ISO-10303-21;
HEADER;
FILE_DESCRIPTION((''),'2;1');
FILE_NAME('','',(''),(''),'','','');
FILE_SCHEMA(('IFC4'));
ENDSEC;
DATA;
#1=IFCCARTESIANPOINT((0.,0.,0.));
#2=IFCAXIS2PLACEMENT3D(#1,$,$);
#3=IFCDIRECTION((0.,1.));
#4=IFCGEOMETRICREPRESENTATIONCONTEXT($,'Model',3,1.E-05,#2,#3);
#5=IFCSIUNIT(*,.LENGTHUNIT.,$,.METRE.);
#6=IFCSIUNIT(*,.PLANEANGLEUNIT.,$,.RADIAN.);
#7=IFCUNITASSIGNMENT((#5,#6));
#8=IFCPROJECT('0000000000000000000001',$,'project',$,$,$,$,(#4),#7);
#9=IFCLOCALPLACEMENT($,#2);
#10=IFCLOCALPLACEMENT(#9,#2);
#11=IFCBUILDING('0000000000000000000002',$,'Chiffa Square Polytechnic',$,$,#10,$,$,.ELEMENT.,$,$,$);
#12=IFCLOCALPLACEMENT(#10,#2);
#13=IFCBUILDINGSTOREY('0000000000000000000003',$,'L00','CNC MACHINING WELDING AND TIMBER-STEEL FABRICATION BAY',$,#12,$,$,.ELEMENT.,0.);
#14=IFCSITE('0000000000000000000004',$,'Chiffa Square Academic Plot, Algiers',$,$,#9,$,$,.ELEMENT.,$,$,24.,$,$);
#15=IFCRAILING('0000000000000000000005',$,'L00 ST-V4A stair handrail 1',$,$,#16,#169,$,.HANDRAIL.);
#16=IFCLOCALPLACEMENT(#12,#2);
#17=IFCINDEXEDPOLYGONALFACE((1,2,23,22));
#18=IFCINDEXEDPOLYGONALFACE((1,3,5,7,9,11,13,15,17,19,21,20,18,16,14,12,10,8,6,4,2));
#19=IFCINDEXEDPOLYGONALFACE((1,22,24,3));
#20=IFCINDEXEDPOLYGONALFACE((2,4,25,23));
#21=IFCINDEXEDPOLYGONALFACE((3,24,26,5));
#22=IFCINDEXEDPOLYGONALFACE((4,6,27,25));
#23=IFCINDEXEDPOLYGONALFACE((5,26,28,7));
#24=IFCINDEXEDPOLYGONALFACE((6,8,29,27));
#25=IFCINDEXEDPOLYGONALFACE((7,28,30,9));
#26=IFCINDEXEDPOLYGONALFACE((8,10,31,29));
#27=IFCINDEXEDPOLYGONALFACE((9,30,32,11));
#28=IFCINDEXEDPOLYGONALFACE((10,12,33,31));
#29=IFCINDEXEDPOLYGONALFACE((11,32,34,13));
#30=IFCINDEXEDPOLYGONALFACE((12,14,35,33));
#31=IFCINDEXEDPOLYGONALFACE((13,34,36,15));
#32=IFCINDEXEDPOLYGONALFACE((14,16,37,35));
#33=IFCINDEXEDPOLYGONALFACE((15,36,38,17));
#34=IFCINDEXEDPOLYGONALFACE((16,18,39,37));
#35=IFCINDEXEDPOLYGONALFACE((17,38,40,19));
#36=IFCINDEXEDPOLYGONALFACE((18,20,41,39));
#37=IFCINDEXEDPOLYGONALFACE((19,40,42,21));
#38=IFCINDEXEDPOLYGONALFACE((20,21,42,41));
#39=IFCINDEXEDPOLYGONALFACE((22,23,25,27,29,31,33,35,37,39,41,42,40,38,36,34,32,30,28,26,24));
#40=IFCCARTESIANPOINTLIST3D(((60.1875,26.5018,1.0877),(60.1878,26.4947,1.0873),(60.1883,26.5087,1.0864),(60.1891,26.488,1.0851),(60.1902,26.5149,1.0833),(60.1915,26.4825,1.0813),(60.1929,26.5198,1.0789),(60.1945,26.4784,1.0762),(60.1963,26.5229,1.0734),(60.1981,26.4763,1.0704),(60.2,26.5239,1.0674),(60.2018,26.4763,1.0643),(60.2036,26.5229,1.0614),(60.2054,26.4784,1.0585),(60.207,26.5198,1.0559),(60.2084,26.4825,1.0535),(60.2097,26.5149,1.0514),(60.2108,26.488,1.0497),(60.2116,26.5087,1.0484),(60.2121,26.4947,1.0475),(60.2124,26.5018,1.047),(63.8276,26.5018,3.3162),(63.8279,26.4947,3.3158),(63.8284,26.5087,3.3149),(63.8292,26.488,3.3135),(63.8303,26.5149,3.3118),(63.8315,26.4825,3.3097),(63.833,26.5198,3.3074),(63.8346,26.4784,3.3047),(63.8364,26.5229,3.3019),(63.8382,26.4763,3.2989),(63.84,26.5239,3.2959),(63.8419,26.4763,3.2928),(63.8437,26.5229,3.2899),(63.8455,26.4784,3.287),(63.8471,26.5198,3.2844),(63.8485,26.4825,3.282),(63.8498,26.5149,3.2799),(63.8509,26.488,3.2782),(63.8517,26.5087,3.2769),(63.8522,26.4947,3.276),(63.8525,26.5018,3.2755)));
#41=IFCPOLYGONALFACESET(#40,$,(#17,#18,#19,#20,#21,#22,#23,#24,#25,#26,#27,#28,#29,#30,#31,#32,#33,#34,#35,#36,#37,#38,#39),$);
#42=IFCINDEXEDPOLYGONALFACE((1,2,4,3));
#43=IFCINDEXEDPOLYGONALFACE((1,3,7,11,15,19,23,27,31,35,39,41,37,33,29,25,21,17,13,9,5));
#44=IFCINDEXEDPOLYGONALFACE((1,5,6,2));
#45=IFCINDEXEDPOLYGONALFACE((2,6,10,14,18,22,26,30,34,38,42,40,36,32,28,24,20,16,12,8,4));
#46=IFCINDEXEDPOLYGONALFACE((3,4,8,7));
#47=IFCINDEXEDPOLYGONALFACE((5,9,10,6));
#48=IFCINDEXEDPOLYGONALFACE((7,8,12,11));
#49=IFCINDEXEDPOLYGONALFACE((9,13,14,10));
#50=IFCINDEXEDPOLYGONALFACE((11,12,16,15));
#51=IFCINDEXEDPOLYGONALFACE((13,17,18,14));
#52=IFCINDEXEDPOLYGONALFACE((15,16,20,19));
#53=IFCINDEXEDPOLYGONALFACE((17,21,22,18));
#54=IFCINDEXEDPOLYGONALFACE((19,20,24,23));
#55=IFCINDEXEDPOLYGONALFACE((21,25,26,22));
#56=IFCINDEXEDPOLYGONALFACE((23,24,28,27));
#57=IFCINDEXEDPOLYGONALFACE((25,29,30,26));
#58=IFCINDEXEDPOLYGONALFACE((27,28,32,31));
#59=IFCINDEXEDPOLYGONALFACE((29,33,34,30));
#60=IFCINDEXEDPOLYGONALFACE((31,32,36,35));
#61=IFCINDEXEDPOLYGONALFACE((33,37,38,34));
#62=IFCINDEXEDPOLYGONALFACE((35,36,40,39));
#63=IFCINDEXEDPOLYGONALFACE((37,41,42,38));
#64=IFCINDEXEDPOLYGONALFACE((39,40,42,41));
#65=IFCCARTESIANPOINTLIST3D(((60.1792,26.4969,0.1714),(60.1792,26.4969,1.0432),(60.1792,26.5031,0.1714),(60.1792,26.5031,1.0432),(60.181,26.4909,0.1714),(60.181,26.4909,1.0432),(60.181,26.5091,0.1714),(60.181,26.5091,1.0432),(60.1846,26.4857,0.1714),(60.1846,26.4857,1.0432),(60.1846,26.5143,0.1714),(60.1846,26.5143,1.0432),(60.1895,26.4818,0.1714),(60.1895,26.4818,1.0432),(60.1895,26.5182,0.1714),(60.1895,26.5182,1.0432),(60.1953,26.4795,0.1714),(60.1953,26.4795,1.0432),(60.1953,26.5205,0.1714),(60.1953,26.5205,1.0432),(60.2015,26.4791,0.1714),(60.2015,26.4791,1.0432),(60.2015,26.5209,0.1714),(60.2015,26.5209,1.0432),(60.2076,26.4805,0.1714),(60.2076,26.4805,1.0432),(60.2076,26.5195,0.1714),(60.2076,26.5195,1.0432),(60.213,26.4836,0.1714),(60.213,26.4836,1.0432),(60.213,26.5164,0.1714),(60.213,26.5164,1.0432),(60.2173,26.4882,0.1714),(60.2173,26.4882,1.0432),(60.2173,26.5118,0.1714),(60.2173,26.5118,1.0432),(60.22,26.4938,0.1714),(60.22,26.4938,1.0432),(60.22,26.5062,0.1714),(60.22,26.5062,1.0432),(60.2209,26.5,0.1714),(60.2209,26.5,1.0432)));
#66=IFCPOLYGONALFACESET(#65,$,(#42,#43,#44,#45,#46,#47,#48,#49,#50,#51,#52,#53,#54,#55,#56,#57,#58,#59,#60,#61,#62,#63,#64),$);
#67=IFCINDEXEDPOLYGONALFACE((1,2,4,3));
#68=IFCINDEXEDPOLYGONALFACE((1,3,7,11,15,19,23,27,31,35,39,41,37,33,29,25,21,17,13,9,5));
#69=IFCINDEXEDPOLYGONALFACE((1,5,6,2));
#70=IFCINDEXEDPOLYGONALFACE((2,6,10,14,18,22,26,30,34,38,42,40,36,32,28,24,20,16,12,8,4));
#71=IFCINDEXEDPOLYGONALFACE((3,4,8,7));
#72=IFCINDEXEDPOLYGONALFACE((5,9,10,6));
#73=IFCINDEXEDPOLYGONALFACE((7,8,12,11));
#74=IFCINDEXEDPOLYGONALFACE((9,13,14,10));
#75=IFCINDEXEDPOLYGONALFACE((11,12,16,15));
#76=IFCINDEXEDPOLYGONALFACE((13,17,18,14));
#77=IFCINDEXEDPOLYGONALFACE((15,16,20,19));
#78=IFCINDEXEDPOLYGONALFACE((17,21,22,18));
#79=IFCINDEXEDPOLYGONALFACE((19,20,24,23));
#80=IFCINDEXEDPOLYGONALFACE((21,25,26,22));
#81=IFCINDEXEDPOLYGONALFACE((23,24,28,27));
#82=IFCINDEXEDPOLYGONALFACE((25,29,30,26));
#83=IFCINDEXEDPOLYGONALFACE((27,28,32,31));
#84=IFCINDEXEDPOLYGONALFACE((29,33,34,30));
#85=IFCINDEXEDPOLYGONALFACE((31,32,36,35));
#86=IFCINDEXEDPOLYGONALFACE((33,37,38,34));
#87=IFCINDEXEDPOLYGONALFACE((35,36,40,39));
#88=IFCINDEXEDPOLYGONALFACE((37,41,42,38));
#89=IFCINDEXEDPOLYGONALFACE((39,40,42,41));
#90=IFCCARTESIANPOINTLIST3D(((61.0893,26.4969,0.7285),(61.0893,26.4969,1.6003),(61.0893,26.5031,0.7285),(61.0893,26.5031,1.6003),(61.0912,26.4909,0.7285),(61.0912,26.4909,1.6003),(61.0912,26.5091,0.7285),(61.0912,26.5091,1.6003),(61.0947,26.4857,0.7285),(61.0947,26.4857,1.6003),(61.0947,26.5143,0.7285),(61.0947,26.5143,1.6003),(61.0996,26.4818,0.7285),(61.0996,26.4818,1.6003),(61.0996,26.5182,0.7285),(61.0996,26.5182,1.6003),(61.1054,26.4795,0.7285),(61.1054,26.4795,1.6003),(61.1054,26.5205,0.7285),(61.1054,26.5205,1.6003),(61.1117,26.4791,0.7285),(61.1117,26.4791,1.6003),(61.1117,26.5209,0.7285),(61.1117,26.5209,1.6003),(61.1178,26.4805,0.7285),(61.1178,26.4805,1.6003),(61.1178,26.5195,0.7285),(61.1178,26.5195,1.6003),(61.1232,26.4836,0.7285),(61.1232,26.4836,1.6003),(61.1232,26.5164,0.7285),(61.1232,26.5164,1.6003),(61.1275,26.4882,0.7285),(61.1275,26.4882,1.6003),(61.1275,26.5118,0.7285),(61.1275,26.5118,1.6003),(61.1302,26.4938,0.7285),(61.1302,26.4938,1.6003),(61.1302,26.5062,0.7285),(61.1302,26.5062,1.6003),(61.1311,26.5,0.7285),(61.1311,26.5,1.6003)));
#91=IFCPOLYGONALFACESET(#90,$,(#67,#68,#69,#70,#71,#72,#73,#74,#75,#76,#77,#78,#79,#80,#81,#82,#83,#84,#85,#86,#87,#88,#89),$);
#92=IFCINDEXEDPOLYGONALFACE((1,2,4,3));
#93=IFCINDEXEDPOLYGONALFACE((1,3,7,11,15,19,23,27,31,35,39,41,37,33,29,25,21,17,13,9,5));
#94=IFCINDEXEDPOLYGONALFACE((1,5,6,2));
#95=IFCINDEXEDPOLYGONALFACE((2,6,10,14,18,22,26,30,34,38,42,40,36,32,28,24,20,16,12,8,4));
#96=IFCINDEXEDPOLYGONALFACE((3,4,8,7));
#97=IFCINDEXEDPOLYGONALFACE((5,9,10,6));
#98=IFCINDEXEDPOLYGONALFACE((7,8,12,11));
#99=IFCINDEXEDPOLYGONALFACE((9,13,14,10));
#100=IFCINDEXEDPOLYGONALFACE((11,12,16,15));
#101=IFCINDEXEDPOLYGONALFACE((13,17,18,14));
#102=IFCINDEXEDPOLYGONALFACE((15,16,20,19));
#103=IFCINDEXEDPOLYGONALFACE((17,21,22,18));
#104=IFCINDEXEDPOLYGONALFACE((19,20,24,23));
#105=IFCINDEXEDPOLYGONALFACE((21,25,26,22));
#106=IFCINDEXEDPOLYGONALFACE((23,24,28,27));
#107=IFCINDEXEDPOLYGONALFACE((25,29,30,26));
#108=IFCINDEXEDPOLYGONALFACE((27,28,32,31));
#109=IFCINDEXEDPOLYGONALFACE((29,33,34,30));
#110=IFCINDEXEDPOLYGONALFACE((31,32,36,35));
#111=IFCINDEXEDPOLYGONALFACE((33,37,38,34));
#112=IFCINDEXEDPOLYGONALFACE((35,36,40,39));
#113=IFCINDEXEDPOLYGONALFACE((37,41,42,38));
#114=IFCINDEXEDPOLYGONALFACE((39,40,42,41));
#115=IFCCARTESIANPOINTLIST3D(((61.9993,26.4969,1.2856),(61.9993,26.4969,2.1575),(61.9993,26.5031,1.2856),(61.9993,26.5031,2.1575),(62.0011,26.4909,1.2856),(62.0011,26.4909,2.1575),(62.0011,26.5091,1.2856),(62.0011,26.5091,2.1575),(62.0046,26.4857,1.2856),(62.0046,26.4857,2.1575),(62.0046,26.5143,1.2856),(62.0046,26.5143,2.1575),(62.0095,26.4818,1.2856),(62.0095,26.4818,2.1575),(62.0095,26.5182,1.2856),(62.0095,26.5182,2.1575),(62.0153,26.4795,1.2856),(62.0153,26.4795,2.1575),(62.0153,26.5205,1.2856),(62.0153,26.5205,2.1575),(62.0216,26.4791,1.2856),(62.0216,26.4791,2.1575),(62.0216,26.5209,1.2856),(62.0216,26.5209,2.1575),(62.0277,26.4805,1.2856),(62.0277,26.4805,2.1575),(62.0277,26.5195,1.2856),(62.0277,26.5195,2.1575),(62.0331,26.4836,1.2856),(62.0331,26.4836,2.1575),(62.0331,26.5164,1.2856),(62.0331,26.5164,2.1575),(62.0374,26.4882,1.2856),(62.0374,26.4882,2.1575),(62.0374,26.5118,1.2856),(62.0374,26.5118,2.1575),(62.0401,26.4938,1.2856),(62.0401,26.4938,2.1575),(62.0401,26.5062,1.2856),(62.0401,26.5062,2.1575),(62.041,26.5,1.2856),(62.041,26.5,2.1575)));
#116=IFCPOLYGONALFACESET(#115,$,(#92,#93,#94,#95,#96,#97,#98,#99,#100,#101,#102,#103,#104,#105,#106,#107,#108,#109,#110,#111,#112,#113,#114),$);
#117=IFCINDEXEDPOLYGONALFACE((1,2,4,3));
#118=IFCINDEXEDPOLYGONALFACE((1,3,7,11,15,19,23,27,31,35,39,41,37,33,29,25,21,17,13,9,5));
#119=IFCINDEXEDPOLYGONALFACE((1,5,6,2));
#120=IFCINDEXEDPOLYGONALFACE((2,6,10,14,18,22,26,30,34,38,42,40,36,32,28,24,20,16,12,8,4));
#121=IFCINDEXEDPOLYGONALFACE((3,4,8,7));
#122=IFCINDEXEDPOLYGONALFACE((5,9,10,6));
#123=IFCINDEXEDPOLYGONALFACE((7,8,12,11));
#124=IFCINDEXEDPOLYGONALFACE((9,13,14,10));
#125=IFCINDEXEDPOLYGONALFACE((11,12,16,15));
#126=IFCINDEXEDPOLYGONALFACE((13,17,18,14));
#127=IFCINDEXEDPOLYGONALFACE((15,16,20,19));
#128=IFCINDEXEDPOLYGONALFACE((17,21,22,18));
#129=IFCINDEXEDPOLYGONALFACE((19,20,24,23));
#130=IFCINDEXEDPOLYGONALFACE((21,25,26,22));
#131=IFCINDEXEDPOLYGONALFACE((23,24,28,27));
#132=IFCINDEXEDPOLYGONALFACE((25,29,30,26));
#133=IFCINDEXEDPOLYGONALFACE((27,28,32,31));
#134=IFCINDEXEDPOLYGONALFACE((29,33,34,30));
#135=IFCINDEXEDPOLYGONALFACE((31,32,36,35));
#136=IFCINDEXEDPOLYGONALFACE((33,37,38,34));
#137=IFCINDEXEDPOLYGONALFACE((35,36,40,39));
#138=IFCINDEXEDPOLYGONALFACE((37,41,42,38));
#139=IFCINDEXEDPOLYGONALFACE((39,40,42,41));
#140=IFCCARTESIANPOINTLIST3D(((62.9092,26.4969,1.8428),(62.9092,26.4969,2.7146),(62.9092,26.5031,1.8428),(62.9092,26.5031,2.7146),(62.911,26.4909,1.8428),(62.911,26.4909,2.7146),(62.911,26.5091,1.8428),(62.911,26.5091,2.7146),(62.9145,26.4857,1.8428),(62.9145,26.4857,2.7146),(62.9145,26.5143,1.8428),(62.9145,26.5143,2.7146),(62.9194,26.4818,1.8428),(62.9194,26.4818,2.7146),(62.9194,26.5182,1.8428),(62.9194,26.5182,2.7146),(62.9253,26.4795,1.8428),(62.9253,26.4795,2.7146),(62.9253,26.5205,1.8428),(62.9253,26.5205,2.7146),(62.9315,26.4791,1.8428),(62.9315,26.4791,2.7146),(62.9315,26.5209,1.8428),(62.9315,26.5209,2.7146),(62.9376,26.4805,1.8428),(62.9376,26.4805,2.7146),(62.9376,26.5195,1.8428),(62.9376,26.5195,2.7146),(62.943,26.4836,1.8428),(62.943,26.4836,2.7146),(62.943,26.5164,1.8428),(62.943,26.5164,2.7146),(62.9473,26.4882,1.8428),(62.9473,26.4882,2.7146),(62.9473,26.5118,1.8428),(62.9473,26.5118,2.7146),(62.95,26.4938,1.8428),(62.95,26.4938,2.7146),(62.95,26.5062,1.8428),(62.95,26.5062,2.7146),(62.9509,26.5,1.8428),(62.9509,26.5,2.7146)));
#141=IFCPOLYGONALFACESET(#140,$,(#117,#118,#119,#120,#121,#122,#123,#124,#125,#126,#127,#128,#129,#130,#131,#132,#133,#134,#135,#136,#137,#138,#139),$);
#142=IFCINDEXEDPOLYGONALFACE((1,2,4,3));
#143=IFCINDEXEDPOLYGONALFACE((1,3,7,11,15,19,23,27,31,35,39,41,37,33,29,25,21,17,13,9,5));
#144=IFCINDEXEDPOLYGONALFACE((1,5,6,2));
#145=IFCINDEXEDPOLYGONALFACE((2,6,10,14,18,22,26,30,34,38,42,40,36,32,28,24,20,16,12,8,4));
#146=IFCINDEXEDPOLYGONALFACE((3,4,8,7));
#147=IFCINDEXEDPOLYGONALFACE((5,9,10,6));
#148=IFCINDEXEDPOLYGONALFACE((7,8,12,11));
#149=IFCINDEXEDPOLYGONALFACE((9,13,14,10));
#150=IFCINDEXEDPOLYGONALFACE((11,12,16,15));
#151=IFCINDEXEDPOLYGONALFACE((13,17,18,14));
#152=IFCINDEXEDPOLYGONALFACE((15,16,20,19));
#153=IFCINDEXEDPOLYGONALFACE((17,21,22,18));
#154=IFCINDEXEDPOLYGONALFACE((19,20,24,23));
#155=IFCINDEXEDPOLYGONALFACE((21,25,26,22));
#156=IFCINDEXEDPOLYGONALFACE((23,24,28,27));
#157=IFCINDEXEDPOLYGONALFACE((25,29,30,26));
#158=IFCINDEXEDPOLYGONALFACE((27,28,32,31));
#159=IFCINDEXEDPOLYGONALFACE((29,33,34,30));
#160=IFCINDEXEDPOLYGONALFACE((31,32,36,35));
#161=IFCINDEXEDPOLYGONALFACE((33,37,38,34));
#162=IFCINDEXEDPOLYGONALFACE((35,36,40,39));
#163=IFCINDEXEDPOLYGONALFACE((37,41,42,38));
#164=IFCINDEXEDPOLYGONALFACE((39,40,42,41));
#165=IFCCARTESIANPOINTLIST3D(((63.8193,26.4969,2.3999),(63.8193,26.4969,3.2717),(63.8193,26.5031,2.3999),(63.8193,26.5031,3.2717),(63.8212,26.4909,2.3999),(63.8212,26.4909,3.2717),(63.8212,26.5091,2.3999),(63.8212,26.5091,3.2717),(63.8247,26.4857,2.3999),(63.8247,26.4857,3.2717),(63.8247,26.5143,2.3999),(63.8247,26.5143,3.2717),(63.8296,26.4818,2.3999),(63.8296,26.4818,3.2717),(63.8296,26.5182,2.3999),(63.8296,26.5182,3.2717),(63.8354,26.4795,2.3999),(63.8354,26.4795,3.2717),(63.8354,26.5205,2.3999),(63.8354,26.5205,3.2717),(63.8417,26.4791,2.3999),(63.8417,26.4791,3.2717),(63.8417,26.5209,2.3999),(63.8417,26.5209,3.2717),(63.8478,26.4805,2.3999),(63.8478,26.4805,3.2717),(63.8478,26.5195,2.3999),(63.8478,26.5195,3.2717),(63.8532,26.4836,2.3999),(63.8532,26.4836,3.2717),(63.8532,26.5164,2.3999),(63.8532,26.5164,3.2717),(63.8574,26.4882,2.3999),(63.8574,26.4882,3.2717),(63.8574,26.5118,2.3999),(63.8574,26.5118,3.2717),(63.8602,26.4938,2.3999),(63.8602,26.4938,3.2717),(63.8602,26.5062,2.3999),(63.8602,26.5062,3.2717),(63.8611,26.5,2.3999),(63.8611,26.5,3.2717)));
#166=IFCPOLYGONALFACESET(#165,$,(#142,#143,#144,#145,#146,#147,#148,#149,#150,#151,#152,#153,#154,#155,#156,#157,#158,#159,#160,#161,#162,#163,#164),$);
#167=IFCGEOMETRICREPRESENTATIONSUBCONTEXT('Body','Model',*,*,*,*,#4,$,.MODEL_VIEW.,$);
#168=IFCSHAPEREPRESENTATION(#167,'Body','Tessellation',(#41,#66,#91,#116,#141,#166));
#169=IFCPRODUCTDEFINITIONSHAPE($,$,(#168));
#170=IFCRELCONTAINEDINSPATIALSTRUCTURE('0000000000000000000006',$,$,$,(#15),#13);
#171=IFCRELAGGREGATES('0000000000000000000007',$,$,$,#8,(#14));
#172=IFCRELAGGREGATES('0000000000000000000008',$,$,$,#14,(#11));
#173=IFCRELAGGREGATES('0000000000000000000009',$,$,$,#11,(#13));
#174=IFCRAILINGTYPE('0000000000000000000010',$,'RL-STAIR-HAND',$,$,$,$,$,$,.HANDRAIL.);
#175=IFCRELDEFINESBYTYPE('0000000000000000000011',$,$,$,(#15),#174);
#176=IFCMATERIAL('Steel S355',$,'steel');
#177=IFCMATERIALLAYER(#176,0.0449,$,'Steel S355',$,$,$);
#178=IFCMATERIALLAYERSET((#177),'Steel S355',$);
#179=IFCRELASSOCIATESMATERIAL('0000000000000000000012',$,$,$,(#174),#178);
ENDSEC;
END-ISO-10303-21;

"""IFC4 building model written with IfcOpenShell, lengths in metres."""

from ifc_helpers import new_model, si_unit, direction, frame, origin, origin_2d, place, context, subcontext, project, spatial, circle, extrude, material, layer, layer_set, type_object, element, save


model = new_model("IFC4")

# Units and contexts
model_context = context("Model", 3, precision=1e-05, world=origin(), true_north=direction((0.0, 1.0)))
body_context = subcontext(model_context, "Body", "Model", "MODEL_VIEW")
ifc_project = project(units=[si_unit("LENGTHUNIT", "METRE"), si_unit("PLANEANGLEUNIT", "RADIAN")], contexts=[model_context])

# Site, building, storey
site_placement = place(None, origin())
site = spatial("IfcSite", under=ifc_project, at=site_placement, Name="Chiffa Square Academic Plot, Algiers", CompositionType="ELEMENT", RefElevation=24.0)
building_placement = place(site_placement, origin())
building = spatial("IfcBuilding", under=site, at=building_placement, Name="Chiffa Square Polytechnic", CompositionType="ELEMENT")
storey_placement = place(building_placement, origin())
storey = spatial("IfcBuildingStorey", under=building, at=storey_placement, Name="L00", Description="CNC MACHINING WELDING AND TIMBER-STEEL FABRICATION BAY", CompositionType="ELEMENT", Elevation=0.0)

# Railing
ifc_material_1 = material(Name="Steel S355", Category="steel")
ifc_layer_1 = layer(ifc_material_1, 0.0449, Name="Steel S355")
ifc_layer_set_1 = layer_set([ifc_layer_1], Name="Steel S355")
railing_type_1 = type_object("IfcRailingType", Name="RL-STAIR-HAND", PredefinedType="HANDRAIL", material=ifc_layer_set_1)
railing_1_placement = place(storey_placement, frame((60.2, 26.5, 0.1714)))
element("IfcRailing", 1, at=railing_1_placement, inside=storey, type_object=railing_type_1, Name="L00 ST-V4A stair handrail 1", PredefinedType="HANDRAIL", context=body_context, shape_type="SweptSolid", body=[
    extrude(circle(Radius=0.0239, at=origin_2d()), frame((0.0, 0.0, 0.896), z_axis=(0.852866, 0.0, 0.52213), x_axis=(0.0, 1.0, 0.0)), (0.0, 0.0, 1.0), 4.2681),
    extrude(circle(Radius=0.021, at=origin_2d()), origin(), (0.0, 0.0, 1.0), 0.8718),
    extrude(circle(Radius=0.021, at=origin_2d()), frame((0.9102, 0.0, 0.5571)), (0.0, 0.0, 1.0), 0.8718),
    extrude(circle(Radius=0.021, at=origin_2d()), frame((1.8201, 0.0, 1.1143)), (0.0, 0.0, 1.0), 0.8718),
    extrude(circle(Radius=0.021, at=origin_2d()), frame((2.73, 0.0, 1.6714)), (0.0, 0.0, 1.0), 0.8718),
    extrude(circle(Radius=0.021, at=origin_2d()), frame((3.6401, 0.0, 2.2285)), (0.0, 0.0, 1.0), 0.8718),
])

save(model, "model.ifc")
